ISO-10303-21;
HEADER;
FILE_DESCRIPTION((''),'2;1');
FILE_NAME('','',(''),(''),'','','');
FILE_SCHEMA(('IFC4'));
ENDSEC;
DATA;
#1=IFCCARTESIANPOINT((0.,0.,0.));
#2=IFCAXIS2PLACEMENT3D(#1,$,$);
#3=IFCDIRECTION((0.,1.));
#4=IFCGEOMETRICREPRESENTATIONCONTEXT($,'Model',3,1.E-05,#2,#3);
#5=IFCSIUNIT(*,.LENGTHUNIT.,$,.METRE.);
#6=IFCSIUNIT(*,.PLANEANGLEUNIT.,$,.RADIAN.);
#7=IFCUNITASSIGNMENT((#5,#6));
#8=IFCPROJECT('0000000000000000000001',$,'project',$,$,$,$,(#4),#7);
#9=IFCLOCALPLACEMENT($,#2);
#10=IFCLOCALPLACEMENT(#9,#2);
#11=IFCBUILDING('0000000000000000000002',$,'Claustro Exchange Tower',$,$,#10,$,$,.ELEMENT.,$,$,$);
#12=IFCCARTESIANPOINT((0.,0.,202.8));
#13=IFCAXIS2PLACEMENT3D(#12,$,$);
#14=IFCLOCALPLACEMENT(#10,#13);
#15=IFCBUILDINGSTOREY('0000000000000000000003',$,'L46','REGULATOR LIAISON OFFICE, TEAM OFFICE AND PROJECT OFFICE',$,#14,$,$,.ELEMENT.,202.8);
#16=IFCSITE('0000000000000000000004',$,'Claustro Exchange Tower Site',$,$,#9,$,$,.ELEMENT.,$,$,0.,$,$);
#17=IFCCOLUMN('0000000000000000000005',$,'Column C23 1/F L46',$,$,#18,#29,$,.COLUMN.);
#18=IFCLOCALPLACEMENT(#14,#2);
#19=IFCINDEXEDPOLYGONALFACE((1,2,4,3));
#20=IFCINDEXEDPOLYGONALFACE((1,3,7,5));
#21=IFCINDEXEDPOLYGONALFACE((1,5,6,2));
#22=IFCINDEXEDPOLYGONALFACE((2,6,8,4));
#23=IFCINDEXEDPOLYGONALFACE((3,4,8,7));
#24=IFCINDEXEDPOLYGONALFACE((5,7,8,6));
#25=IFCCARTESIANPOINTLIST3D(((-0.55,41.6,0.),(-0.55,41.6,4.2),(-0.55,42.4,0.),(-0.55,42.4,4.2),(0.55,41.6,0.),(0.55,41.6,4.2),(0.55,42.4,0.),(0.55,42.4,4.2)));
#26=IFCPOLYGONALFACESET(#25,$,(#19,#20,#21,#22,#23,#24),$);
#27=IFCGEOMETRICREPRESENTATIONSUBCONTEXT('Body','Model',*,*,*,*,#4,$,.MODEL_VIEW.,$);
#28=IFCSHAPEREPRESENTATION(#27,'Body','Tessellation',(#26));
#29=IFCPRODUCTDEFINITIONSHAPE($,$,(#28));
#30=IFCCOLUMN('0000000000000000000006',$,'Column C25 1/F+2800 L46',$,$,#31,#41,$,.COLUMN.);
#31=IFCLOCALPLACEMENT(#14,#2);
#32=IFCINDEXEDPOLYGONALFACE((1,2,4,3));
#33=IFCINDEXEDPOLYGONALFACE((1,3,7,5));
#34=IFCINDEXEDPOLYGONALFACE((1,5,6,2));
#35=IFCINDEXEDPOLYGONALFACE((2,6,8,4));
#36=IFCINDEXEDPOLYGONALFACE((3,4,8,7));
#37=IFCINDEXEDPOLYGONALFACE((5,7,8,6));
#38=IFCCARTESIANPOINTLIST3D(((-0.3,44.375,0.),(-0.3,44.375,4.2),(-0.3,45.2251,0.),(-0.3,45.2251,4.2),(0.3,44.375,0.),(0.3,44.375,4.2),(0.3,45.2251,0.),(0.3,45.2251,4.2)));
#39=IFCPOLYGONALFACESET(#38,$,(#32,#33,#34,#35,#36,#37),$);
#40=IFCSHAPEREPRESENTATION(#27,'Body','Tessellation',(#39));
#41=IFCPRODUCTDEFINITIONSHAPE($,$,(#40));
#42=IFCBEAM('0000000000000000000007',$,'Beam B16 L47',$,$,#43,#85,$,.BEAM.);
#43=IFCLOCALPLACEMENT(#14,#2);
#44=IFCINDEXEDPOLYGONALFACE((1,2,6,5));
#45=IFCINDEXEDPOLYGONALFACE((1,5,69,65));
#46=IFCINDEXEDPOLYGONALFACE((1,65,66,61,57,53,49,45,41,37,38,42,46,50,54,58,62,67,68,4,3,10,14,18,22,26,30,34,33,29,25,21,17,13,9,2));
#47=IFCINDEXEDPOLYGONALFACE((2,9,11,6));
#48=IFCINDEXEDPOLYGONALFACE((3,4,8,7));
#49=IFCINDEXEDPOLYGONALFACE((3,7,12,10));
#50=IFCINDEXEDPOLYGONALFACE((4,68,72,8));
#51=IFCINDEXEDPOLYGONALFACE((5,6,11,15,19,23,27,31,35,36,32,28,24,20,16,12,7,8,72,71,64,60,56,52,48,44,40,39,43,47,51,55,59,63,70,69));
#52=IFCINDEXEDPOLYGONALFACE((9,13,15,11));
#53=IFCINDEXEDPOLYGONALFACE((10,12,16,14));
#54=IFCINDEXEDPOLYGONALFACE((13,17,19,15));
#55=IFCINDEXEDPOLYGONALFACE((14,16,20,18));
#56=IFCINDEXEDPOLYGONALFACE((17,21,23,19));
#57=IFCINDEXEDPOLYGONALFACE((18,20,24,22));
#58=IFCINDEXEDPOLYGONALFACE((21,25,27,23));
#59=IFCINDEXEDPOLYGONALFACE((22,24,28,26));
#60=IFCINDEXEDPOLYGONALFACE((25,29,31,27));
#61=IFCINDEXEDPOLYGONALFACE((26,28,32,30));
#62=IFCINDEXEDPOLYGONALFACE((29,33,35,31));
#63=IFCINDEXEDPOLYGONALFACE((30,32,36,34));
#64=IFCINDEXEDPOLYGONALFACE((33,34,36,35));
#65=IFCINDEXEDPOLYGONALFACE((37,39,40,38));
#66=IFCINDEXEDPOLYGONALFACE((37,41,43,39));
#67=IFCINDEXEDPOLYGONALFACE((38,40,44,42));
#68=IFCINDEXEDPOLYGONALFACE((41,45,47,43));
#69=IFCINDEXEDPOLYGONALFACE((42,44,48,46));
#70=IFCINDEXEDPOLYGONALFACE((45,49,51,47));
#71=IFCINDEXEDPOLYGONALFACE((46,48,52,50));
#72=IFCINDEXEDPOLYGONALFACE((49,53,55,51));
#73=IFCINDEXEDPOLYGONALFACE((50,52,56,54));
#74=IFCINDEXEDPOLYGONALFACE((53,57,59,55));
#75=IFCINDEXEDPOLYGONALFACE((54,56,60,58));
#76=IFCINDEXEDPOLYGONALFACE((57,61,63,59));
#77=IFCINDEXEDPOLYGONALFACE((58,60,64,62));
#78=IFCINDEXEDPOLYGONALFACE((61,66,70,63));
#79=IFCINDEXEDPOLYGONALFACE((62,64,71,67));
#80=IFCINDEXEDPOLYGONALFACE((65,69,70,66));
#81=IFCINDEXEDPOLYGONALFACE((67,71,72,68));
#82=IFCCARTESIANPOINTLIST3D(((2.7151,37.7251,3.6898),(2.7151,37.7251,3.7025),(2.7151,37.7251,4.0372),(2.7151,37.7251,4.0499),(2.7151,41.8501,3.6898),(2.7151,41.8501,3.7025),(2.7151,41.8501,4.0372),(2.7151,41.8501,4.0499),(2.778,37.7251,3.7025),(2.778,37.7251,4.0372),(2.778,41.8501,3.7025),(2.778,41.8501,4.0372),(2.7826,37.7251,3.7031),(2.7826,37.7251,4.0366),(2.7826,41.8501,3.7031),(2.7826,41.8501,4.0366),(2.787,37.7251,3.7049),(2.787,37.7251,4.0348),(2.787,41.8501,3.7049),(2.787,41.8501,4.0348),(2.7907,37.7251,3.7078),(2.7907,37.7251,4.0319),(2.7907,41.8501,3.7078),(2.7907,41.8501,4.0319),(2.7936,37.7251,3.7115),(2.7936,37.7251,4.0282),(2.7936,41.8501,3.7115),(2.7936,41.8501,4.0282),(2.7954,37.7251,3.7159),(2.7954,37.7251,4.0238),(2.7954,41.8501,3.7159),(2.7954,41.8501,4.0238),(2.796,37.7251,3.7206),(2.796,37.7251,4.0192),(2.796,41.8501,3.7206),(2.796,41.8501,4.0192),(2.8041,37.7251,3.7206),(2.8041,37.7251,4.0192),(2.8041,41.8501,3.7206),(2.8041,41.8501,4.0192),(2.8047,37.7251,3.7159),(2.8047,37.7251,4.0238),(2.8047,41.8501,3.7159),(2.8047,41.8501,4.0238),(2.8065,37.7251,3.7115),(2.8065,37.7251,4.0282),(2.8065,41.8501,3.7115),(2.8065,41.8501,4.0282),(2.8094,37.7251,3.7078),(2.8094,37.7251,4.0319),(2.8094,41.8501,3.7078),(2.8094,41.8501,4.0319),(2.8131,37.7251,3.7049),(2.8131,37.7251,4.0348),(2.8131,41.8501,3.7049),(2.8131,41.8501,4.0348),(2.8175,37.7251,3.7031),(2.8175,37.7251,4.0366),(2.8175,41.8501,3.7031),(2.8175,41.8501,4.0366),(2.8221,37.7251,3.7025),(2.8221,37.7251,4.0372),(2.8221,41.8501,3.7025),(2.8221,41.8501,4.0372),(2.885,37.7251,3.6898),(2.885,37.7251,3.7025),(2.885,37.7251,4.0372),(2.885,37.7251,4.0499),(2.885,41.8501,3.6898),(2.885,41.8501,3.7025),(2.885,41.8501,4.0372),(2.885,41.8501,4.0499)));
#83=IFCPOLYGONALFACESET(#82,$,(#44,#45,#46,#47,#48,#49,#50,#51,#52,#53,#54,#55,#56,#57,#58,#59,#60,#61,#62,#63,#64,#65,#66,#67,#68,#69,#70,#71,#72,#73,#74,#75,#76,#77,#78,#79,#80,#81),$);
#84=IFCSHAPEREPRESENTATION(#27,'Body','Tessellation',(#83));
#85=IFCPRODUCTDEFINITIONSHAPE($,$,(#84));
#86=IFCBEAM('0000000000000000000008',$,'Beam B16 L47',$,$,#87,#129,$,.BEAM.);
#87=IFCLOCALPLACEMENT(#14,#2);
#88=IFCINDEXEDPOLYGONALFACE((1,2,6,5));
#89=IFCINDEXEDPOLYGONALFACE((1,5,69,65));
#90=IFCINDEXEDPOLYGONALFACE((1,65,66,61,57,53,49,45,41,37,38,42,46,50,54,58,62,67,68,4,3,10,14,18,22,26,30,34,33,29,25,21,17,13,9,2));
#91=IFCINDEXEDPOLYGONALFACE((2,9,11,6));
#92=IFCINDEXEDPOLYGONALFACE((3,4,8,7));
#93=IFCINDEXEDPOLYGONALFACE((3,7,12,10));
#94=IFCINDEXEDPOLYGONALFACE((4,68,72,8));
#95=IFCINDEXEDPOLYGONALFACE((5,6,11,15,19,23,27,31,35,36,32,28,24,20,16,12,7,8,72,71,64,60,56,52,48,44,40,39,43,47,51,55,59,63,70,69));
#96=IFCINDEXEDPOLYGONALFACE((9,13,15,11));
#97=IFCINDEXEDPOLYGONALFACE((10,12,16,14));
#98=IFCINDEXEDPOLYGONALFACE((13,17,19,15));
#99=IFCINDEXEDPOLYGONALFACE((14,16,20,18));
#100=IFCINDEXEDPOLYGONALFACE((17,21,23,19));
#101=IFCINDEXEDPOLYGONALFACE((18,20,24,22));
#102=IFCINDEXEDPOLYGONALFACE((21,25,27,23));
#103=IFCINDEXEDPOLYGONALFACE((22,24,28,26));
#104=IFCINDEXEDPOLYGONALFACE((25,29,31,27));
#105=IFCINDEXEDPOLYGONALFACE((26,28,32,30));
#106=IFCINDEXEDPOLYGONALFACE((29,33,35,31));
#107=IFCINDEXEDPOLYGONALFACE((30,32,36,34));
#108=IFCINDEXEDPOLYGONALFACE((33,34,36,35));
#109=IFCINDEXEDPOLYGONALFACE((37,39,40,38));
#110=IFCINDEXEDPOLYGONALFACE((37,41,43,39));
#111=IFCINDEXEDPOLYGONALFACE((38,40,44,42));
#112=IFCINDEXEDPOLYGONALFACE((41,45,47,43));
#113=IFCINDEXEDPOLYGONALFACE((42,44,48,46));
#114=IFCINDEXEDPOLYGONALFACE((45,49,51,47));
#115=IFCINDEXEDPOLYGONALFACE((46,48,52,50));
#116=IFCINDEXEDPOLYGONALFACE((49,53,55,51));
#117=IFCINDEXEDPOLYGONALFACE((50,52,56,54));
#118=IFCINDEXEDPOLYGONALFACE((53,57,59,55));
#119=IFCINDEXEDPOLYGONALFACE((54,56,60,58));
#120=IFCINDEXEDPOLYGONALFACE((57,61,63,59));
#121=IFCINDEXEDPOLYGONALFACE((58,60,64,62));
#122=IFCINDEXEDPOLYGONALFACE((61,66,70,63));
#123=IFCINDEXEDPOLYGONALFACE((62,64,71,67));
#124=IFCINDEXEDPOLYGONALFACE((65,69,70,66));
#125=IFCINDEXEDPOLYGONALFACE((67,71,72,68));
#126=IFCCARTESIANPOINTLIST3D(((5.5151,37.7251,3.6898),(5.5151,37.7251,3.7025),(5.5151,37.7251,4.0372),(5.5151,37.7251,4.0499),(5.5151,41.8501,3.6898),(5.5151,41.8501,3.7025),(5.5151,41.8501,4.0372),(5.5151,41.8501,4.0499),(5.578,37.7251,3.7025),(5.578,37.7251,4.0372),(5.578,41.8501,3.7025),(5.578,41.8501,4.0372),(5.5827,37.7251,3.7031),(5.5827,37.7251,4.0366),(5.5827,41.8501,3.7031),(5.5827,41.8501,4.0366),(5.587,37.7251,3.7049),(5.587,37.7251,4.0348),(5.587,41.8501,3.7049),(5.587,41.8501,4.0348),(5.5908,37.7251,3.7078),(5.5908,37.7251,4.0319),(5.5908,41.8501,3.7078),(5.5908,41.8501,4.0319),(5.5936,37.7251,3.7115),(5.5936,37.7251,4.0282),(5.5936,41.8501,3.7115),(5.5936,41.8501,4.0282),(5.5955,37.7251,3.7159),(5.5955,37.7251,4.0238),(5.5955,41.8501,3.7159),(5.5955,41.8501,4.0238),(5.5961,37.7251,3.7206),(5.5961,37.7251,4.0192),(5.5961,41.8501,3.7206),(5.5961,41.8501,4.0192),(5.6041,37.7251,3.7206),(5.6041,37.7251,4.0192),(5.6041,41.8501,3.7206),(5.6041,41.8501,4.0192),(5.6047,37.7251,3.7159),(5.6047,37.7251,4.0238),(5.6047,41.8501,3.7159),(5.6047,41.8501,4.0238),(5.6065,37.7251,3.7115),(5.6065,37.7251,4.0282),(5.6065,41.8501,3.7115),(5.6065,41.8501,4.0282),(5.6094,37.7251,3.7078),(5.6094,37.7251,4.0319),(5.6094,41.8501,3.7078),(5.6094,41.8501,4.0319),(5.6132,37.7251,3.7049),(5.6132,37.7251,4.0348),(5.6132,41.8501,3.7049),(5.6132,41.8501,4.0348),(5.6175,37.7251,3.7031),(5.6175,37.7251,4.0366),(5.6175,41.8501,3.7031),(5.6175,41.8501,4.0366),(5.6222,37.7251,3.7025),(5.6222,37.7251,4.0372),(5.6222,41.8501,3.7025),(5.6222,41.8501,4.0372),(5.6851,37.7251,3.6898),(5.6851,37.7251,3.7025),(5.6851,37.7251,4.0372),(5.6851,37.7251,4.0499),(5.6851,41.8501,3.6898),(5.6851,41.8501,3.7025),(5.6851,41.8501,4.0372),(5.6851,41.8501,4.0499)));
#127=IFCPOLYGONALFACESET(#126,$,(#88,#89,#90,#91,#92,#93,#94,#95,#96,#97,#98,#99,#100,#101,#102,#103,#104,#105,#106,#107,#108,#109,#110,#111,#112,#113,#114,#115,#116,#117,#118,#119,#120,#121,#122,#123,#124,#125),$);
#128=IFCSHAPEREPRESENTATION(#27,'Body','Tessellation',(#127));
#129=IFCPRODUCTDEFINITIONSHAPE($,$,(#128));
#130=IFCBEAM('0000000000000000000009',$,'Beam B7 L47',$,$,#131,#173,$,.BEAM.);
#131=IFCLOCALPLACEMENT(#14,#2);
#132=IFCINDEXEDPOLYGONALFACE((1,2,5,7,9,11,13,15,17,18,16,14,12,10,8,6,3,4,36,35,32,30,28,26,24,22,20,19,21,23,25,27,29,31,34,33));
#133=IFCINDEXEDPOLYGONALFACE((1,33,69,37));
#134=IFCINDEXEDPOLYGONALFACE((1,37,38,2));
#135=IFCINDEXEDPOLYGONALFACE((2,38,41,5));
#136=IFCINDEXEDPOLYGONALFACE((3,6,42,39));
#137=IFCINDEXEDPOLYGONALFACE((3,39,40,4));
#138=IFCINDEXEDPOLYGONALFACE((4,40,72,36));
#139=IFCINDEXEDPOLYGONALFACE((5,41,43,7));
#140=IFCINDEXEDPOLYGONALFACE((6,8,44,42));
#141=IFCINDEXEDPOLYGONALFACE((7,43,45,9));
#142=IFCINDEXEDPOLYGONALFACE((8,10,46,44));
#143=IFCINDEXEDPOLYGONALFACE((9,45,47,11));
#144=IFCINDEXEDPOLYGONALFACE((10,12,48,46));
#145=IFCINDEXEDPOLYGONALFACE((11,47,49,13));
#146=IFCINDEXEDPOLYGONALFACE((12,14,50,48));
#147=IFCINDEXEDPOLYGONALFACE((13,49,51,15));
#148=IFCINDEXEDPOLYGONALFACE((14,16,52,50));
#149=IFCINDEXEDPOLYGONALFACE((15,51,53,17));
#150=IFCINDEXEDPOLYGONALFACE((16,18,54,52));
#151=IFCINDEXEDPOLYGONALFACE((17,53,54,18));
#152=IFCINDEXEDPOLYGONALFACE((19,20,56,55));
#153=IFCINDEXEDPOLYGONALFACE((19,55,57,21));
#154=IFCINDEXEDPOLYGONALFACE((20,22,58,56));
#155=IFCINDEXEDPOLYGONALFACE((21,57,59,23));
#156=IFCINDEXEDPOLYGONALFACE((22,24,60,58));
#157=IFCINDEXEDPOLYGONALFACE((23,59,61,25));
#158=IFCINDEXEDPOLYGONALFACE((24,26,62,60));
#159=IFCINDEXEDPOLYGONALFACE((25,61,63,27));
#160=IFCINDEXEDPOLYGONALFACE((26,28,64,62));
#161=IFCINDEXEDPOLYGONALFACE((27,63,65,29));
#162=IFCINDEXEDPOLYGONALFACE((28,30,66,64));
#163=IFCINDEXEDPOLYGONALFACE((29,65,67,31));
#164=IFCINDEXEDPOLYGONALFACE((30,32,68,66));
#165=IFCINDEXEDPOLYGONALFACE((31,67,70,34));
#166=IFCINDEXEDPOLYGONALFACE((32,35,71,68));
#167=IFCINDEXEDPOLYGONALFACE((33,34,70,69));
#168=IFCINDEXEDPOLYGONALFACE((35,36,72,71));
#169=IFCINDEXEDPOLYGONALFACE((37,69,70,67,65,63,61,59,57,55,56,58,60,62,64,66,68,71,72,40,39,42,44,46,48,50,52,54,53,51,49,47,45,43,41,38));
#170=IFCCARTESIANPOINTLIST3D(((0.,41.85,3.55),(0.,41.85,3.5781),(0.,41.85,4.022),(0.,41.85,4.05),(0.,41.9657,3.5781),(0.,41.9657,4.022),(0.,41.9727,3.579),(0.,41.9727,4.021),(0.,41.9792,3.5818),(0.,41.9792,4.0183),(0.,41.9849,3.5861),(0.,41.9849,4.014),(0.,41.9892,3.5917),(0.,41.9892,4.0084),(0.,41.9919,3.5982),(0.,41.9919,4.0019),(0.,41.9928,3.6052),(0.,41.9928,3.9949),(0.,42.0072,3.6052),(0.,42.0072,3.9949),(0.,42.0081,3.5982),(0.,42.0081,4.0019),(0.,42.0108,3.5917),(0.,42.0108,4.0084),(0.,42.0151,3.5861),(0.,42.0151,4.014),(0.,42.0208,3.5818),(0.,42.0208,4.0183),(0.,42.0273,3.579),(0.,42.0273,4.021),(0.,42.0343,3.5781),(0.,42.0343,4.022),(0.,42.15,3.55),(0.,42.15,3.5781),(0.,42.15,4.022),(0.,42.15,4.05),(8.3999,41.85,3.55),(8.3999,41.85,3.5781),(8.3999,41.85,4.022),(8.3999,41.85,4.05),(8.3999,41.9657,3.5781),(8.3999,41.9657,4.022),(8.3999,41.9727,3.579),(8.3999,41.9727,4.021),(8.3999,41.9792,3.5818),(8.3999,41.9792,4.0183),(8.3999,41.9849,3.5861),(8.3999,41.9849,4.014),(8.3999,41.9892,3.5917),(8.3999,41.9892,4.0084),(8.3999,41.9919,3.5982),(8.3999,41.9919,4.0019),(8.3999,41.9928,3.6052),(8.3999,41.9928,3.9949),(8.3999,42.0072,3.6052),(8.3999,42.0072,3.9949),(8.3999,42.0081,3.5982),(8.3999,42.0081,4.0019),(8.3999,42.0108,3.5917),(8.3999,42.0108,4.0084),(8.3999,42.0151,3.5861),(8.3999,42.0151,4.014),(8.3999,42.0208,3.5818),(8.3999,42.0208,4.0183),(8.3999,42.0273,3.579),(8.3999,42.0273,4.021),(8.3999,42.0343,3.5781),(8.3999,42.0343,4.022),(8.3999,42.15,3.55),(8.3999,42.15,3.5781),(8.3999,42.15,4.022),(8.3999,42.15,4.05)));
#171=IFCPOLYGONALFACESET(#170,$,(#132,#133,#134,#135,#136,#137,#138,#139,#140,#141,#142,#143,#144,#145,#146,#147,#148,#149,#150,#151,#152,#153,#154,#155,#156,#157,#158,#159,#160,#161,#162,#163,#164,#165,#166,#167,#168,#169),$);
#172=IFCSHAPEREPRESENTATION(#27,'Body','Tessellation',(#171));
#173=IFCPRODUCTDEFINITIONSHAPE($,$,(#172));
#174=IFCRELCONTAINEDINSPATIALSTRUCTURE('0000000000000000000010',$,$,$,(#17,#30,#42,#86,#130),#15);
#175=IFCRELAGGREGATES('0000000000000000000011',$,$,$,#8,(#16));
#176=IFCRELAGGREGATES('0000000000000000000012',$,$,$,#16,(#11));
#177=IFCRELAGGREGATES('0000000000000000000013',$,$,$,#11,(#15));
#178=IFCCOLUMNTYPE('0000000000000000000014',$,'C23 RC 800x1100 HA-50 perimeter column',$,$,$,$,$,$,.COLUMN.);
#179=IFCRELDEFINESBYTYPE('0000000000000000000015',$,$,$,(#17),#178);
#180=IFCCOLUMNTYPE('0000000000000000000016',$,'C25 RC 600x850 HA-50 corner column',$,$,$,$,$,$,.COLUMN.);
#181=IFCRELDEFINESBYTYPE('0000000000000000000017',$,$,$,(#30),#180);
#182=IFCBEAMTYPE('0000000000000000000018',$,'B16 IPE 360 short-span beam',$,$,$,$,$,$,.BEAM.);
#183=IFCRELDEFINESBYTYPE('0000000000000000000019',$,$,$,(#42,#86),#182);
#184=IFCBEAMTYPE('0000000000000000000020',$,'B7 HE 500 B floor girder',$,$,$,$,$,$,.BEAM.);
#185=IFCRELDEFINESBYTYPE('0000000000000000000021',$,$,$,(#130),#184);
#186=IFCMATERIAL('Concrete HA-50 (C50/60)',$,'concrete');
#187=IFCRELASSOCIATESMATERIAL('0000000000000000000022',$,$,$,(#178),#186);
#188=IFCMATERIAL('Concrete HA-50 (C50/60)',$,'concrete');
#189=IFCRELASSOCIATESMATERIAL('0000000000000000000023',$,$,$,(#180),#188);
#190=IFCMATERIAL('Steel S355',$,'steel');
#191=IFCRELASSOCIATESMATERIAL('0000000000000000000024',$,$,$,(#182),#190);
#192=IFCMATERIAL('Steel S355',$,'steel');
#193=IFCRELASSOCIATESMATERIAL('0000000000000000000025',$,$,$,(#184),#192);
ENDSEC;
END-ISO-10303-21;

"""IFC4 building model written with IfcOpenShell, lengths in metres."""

from ifc_helpers import new_model, si_unit, direction, frame, origin, origin_2d, place, context, subcontext, project, spatial, rectangle, i_section, extrude, material, material_profile, profile_set, type_object, element, save


model = new_model("IFC4")

# Units and contexts
model_context = context("Model", 3, precision=1e-05, world=origin(), true_north=direction((0.0, 1.0)))
body_context = subcontext(model_context, "Body", "Model", "MODEL_VIEW")
ifc_project = project(units=[si_unit("LENGTHUNIT", "METRE"), si_unit("PLANEANGLEUNIT", "RADIAN")], contexts=[model_context])

# Site, building, storey
site_placement = place(None, origin())
site = spatial("IfcSite", under=ifc_project, at=site_placement, Name="Claustro Exchange Tower Site", CompositionType="ELEMENT", RefElevation=0.0)
building_placement = place(site_placement, origin())
building = spatial("IfcBuilding", under=site, at=building_placement, Name="Claustro Exchange Tower", CompositionType="ELEMENT")
storey_placement = place(building_placement, frame((0.0, 0.0, 202.8)))
storey = spatial("IfcBuildingStorey", under=building, at=storey_placement, Name="L46", Description="REGULATOR LIAISON OFFICE, TEAM OFFICE AND PROJECT OFFICE", CompositionType="ELEMENT", Elevation=202.8)

# Columns
ifc_material_1 = material(Name="Concrete HA-50 (C50/60)", Category="concrete")
ifc_material_profile_1 = material_profile(ifc_material_1, rectangle(XDim=0.8, YDim=1.1001, at=origin_2d()), Name="RC 800x1100")
ifc_profile_set_1 = profile_set([ifc_material_profile_1], Name="Concrete HA-50 (C50/60)")
column_type_1 = type_object("IfcColumnType", Name="C23 RC 800x1100 HA-50 perimeter column", PredefinedType="COLUMN", material=ifc_profile_set_1)
column_1_placement = place(storey_placement, frame((0.0, 42.0, 0.0), z_axis=(0.0, 0.0, 1.0), x_axis=(0.0, 1.0, 0.0)))
element("IfcColumn", 1, at=column_1_placement, inside=storey, type_object=column_type_1, Name="Column C23 1/F L46", PredefinedType="COLUMN", context=body_context, shape_type="SweptSolid", body=[
    extrude(rectangle(XDim=0.8, YDim=1.1001, at=origin_2d()), origin(), (0.0, 0.0, 1.0), 4.2),
])
ifc_material_2 = material(Name="Concrete HA-50 (C50/60)", Category="concrete")
ifc_material_profile_2 = material_profile(ifc_material_2, rectangle(XDim=0.6001, YDim=0.8501, at=origin_2d()), Name="RC 600x850")
ifc_profile_set_2 = profile_set([ifc_material_profile_2], Name="Concrete HA-50 (C50/60)")
column_type_2 = type_object("IfcColumnType", Name="C25 RC 600x850 HA-50 corner column", PredefinedType="COLUMN", material=ifc_profile_set_2)
column_2_placement = place(storey_placement, frame((0.0, 44.8, 0.0), z_axis=(0.0, 0.0, 1.0), x_axis=(1.0, 0.0, 0.0)))
element("IfcColumn", 2, at=column_2_placement, inside=storey, type_object=column_type_2, Name="Column C25 1/F+2800 L46", PredefinedType="COLUMN", context=body_context, shape_type="SweptSolid", body=[
    extrude(rectangle(XDim=0.6001, YDim=0.8501, at=origin_2d()), origin(), (0.0, 0.0, 1.0), 4.2),
])

# Beams
ifc_material_3 = material(Name="Steel S355", Category="steel")
ifc_material_profile_3 = material_profile(ifc_material_3, i_section(OverallWidth=0.1699, OverallDepth=0.3601, WebThickness=0.0081, FlangeThickness=0.0127, FilletRadius=0.0181, at=origin_2d()), Name="IPE 360")
ifc_profile_set_3 = profile_set([ifc_material_profile_3], Name="Steel S355")
beam_type_1 = type_object("IfcBeamType", Name="B16 IPE 360 short-span beam", PredefinedType="BEAM", material=ifc_profile_set_3)
for number, where, z_axis, x_axis, name in (
    (3, (2.8, 37.7251, 3.8699), (0.0, 1.0, 0.0), (-1.0, 0.0, 0.0), "Beam B16 L47"),
    (4, (5.6001, 37.7251, 3.8699), (0.0, 1.0, 0.0), (-1.0, 0.0, 0.0), "Beam B16 L47"),
):
    element("IfcBeam", number, at=place(storey_placement, frame(where, z_axis=z_axis, x_axis=x_axis)), inside=storey, type_object=beam_type_1, Name=name, PredefinedType="BEAM", context=body_context, shape_type="SweptSolid", body=[
        extrude(i_section(OverallWidth=0.1699, OverallDepth=0.3601, WebThickness=0.0081, FlangeThickness=0.0127, FilletRadius=0.0181, at=origin_2d()), origin(), (0.0, 0.0, 1.0), 4.125),
    ])
ifc_material_4 = material(Name="Steel S355", Category="steel")
ifc_material_profile_4 = material_profile(ifc_material_4, i_section(OverallWidth=0.3, OverallDepth=0.5, WebThickness=0.0144, FlangeThickness=0.0281, FilletRadius=0.0271, at=origin_2d()), Name="HE 500 B")
ifc_profile_set_4 = profile_set([ifc_material_profile_4], Name="Steel S355")
beam_type_2 = type_object("IfcBeamType", Name="B7 HE 500 B floor girder", PredefinedType="BEAM", material=ifc_profile_set_4)
beam_1_placement = place(storey_placement, frame((0.0, 42.0, 3.8), z_axis=(1.0, 0.0, 0.0), x_axis=(0.0, 1.0, 0.0)))
element("IfcBeam", 5, at=beam_1_placement, inside=storey, type_object=beam_type_2, Name="Beam B7 L47", PredefinedType="BEAM", context=body_context, shape_type="SweptSolid", body=[
    extrude(i_section(OverallWidth=0.3, OverallDepth=0.5, WebThickness=0.0144, FlangeThickness=0.0281, FilletRadius=0.0271, at=origin_2d()), origin(), (0.0, 0.0, 1.0), 8.3999),
])

save(model, "model.ifc")
